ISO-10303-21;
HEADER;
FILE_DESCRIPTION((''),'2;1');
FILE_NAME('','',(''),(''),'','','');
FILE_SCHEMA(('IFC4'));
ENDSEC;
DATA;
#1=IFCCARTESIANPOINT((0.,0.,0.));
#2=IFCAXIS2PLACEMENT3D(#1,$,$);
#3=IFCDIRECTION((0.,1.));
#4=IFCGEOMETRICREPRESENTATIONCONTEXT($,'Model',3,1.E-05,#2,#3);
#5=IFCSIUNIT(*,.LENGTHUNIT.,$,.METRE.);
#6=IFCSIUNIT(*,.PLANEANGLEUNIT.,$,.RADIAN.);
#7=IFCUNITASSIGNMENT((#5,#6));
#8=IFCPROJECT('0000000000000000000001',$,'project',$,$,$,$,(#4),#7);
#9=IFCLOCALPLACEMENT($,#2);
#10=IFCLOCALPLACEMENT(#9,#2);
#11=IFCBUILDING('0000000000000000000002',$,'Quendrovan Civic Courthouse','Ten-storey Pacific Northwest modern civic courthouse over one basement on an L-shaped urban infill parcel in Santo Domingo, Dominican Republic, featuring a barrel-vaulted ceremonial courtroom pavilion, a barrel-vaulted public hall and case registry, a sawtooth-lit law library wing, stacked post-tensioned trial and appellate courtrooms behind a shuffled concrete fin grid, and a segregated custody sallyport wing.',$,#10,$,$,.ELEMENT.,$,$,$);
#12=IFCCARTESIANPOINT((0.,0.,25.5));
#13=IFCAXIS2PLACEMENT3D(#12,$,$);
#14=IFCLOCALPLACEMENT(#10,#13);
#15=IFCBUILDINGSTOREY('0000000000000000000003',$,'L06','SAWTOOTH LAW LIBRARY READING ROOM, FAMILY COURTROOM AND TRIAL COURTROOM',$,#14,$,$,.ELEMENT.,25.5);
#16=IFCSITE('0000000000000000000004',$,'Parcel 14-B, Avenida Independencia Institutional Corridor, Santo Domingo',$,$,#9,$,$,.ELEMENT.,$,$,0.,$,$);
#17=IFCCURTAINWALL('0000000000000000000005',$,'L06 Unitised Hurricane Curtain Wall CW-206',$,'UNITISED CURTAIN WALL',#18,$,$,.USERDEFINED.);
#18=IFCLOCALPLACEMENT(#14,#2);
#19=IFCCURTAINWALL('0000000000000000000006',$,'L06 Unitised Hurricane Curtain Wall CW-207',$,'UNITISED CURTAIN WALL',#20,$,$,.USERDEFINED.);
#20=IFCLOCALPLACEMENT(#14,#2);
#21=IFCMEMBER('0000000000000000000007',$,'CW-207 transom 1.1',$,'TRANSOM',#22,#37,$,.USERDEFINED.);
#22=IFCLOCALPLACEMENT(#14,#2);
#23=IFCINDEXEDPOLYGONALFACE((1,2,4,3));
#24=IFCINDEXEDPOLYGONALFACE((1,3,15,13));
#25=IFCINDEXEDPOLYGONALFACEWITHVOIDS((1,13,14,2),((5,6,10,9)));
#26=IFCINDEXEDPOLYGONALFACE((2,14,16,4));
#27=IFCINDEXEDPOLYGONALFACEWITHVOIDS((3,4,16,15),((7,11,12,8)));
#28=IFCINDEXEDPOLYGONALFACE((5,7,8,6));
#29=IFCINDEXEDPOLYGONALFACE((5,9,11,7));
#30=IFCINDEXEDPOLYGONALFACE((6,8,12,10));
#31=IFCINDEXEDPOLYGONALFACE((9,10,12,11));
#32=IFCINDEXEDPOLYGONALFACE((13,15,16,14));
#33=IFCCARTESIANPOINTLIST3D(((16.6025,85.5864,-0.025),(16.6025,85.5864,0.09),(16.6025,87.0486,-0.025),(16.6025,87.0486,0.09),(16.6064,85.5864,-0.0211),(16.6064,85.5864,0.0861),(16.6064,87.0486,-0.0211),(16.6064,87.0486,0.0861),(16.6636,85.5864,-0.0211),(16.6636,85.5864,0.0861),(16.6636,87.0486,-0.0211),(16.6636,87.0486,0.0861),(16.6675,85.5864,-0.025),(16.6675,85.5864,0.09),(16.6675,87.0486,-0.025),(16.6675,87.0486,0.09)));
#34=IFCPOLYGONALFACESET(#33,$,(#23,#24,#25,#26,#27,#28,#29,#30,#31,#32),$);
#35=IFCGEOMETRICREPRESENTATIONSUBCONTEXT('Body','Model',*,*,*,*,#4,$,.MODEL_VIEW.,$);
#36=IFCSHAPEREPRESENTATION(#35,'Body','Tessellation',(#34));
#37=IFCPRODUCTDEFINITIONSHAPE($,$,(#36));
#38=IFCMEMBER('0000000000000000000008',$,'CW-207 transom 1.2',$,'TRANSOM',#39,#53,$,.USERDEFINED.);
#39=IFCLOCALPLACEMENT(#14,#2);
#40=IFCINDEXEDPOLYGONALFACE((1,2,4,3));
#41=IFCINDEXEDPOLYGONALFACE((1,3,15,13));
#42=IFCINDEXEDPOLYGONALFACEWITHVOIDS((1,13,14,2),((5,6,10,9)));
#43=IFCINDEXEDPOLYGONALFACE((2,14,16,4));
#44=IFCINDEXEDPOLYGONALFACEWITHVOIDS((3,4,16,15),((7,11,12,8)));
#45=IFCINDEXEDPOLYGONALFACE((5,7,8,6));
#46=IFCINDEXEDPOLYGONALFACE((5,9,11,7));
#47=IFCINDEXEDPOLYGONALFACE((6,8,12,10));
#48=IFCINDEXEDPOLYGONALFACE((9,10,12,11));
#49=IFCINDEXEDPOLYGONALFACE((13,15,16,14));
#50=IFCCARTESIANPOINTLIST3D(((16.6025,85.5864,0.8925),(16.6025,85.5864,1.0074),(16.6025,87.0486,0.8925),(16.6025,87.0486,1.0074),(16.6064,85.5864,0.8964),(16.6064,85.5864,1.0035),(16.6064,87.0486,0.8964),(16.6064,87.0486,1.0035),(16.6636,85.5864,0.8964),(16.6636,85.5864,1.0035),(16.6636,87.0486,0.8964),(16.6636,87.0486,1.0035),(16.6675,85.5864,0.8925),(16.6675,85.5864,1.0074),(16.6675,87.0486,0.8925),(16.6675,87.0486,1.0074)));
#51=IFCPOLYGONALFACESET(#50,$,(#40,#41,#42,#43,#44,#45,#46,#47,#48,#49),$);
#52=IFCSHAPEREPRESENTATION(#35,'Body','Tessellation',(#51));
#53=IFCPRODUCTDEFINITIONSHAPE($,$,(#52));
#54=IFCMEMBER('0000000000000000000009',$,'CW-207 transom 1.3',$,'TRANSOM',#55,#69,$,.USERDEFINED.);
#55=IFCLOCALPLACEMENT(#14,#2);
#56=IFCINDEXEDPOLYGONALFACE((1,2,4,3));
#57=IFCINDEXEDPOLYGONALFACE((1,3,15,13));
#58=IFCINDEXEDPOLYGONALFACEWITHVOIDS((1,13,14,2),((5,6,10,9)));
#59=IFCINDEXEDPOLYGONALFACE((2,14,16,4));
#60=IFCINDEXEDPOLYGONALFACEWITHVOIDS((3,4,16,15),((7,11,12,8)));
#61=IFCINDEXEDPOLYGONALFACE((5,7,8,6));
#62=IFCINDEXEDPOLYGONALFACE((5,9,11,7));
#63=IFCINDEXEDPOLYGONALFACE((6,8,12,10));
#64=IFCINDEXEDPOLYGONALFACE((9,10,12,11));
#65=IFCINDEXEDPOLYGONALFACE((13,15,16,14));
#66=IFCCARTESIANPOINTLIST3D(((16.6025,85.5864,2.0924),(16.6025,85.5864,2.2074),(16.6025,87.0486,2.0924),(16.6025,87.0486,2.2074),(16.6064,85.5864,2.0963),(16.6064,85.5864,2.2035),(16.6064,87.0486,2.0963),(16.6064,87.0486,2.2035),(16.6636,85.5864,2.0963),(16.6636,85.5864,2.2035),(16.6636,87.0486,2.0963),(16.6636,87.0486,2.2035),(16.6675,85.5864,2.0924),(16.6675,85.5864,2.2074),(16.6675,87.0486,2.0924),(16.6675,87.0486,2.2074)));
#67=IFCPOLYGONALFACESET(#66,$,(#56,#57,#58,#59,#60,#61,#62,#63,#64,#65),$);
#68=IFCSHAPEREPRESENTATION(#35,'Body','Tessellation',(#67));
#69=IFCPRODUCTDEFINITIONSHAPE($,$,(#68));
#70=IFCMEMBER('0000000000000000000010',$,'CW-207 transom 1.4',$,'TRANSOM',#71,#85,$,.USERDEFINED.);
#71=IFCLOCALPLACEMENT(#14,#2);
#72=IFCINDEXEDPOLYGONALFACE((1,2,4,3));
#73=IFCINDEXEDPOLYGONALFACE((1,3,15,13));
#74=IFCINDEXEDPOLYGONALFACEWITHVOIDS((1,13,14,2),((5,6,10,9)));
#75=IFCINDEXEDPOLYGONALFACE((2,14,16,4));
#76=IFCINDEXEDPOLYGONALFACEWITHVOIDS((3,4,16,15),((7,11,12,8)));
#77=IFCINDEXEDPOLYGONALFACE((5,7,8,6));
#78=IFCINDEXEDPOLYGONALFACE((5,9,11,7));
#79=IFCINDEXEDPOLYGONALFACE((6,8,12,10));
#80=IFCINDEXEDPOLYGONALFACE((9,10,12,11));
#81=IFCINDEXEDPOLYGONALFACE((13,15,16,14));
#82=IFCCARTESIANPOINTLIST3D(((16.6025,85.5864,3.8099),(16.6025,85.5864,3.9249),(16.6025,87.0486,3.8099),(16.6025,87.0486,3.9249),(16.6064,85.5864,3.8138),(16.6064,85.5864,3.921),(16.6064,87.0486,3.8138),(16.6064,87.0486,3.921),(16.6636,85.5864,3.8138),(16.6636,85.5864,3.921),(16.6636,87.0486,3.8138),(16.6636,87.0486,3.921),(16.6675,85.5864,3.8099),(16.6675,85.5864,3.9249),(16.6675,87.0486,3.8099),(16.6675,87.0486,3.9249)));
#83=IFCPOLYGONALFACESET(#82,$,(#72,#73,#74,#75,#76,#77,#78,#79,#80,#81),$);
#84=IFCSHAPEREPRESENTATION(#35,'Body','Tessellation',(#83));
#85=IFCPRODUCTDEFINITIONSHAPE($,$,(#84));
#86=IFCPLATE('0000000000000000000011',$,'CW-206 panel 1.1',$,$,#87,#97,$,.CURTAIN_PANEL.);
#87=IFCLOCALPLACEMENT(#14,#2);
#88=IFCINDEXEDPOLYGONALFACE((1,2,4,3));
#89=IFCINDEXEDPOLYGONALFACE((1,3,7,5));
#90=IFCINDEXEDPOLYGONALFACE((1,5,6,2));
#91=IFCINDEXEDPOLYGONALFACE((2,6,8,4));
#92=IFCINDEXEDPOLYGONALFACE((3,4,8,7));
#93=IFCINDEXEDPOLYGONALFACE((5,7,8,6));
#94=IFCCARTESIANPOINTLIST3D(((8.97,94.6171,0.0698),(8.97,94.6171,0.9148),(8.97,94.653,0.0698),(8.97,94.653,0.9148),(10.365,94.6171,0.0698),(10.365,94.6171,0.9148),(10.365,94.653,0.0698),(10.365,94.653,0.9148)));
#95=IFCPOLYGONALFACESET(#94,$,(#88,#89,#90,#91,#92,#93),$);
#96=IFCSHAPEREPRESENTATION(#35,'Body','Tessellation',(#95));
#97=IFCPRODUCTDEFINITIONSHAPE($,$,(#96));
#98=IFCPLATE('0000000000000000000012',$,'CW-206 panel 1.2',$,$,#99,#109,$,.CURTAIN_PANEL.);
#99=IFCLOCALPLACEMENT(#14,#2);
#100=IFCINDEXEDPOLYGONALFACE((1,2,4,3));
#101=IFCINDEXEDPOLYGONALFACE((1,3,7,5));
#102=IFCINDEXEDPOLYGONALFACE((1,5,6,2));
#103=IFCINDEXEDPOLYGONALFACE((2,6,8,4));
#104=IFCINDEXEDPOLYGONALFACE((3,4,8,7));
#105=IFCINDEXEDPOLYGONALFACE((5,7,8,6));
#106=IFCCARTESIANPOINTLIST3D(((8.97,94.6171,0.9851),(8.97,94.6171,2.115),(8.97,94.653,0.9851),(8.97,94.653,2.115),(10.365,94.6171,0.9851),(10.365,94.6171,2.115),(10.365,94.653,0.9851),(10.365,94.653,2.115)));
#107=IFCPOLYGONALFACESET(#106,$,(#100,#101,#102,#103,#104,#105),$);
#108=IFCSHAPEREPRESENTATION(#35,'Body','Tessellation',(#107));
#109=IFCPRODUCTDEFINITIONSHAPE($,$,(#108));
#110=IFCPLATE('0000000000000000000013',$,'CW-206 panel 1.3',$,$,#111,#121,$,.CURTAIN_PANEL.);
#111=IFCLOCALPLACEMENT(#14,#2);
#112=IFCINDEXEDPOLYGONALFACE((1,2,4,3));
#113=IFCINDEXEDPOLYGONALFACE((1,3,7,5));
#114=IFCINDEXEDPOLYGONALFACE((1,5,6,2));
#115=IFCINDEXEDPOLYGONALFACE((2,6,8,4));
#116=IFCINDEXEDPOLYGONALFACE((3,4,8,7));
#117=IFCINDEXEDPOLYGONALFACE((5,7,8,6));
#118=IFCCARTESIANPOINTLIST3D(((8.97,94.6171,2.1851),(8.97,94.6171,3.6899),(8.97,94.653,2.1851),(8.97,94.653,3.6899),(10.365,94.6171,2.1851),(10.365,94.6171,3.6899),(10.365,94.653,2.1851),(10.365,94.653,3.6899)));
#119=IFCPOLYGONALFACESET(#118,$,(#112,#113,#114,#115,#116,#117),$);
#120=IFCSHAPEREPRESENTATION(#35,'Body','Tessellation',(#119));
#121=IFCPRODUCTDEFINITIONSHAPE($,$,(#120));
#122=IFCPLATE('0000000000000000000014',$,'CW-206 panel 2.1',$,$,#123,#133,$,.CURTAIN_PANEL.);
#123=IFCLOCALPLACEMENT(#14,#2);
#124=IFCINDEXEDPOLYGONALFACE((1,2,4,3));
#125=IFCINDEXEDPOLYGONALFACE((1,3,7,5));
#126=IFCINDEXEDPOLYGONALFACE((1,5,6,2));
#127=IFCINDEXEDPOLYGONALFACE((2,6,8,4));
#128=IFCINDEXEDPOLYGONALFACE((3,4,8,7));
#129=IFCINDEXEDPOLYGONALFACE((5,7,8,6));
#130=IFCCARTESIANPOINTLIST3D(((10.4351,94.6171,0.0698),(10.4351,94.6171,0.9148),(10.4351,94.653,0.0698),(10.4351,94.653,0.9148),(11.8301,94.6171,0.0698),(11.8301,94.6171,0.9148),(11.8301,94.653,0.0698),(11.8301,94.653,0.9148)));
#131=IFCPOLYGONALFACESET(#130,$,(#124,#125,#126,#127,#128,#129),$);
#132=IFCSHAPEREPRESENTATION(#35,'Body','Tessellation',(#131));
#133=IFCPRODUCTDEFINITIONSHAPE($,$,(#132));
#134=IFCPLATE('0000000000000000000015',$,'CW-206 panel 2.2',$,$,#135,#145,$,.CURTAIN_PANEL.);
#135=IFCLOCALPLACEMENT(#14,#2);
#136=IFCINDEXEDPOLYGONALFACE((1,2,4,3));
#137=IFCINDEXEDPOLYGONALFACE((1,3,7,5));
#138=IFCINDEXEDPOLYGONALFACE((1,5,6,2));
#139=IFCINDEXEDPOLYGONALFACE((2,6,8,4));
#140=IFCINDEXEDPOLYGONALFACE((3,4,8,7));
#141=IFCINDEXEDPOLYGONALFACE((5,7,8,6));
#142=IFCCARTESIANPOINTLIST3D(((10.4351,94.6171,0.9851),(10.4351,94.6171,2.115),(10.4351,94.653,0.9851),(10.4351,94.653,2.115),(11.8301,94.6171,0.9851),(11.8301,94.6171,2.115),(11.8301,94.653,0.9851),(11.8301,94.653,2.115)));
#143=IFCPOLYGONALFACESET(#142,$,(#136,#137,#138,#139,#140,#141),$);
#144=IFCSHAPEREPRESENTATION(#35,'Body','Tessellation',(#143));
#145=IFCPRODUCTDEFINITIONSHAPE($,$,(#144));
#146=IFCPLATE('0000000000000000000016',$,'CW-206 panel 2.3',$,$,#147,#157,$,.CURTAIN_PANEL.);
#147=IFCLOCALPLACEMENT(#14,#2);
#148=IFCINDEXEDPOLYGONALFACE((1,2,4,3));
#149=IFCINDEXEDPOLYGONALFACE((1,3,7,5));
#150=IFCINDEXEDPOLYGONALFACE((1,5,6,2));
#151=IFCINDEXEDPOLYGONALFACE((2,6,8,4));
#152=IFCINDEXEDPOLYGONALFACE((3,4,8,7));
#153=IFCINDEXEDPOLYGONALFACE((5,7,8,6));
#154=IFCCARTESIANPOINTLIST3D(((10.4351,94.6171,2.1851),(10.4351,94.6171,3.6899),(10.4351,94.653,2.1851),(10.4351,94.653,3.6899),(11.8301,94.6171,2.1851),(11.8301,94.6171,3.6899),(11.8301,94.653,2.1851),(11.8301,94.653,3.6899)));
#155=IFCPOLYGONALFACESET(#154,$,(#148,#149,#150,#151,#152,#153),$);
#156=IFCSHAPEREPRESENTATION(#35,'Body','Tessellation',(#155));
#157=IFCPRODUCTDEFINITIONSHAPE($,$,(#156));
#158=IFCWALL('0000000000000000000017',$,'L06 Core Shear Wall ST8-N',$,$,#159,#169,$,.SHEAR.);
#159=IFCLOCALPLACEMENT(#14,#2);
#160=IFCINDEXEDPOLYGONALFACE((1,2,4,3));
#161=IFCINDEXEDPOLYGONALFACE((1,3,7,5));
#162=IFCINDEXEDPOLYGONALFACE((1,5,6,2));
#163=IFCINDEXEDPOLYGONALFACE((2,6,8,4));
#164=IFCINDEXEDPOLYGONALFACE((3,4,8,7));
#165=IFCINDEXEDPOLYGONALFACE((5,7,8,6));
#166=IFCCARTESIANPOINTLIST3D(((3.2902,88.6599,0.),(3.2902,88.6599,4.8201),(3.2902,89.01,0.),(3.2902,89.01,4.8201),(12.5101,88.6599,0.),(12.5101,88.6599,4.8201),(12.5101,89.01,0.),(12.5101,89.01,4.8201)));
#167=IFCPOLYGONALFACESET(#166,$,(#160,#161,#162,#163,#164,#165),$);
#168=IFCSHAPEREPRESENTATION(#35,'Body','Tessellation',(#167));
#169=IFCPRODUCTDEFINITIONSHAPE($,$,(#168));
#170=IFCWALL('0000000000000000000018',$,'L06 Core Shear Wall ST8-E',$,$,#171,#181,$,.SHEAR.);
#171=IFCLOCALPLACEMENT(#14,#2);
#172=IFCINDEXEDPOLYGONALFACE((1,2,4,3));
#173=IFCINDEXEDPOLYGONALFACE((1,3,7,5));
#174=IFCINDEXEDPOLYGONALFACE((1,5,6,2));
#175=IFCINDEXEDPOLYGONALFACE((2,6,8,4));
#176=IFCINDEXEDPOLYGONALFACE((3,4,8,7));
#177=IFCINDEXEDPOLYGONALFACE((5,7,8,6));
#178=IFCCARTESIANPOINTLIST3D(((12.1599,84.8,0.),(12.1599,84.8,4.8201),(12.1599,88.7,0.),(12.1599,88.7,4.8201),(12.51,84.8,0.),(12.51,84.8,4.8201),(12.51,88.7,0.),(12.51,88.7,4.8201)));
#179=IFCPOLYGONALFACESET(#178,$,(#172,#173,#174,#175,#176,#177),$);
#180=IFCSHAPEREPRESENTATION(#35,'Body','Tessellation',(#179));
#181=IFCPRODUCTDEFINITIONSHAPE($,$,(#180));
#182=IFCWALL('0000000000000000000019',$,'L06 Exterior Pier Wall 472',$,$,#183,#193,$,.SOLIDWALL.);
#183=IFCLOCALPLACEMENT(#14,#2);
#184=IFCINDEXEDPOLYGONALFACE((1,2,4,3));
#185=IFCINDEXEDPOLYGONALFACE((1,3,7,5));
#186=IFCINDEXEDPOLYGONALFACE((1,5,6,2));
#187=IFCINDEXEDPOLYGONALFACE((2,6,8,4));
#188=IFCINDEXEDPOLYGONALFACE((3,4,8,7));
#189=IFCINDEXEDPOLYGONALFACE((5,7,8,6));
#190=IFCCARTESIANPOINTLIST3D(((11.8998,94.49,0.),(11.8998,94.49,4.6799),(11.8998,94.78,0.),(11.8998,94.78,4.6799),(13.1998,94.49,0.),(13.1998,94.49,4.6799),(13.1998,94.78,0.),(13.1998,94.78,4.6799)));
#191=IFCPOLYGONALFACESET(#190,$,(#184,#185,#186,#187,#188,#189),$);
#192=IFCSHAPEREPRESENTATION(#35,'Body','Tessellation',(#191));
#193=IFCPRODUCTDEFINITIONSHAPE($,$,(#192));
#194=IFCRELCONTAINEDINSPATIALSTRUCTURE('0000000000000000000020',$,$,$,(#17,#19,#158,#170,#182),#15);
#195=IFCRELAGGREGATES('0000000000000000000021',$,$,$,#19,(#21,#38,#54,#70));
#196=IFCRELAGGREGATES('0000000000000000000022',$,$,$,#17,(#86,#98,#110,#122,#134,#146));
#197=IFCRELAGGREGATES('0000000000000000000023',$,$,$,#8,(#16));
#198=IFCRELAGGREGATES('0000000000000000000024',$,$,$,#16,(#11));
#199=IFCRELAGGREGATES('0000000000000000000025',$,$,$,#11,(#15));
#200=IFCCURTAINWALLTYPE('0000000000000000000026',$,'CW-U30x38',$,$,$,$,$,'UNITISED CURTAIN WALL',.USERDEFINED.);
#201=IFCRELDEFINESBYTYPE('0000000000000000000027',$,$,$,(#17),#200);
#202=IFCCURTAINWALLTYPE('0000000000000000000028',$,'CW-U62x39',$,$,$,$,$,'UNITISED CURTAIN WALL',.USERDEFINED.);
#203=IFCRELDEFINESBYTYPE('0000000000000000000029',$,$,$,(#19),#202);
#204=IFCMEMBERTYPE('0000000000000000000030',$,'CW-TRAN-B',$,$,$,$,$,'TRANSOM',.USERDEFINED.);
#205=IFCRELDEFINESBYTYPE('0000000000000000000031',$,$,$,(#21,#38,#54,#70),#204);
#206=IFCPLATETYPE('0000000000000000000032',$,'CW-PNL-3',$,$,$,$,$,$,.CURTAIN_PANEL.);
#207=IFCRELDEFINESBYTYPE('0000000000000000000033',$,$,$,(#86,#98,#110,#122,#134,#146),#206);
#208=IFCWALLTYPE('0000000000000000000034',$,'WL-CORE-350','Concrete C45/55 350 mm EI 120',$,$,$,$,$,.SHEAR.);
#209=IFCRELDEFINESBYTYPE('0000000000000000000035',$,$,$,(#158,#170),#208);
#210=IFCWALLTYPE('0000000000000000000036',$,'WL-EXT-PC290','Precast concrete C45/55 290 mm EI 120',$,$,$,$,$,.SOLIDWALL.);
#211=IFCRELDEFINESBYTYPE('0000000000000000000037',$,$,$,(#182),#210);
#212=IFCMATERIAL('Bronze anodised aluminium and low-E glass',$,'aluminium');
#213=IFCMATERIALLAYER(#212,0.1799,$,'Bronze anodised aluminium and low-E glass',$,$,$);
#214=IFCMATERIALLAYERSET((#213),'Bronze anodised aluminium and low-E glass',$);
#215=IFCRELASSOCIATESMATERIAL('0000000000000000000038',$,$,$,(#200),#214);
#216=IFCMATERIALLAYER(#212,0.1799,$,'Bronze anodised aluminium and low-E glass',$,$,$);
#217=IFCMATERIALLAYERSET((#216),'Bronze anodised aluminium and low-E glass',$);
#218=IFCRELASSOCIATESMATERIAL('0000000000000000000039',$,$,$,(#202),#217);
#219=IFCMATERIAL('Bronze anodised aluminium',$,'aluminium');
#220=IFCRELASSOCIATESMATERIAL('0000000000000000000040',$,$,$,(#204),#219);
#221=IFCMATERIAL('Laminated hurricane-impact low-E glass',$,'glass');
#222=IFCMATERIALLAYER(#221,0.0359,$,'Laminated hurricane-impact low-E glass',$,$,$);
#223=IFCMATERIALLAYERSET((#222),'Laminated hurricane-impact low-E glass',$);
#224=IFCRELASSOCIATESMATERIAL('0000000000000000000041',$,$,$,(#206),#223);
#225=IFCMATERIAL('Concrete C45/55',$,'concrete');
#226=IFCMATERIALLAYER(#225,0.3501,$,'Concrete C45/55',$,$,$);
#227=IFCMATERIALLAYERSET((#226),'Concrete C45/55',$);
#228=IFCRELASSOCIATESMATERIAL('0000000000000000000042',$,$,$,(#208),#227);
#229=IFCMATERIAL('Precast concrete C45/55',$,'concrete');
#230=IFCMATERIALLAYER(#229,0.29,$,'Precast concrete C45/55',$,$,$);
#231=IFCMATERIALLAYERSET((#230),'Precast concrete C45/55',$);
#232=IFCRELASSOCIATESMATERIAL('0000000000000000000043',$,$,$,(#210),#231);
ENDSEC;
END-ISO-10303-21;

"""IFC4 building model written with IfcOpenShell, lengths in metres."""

from ifc_helpers import new_model, si_unit, direction, frame, frame_2d, origin, origin_2d, place, context, subcontext, project, spatial, rectangle, hollow_rectangle, extrude, material, layer, layer_set, material_profile, profile_set, type_object, element, aggregate, save


model = new_model("IFC4")

# Units and contexts
model_context = context("Model", 3, precision=1e-05, world=origin(), true_north=direction((0.0, 1.0)))
body_context = subcontext(model_context, "Body", "Model", "MODEL_VIEW")
ifc_project = project(units=[si_unit("LENGTHUNIT", "METRE"), si_unit("PLANEANGLEUNIT", "RADIAN")], contexts=[model_context])

# Site, building, storey
site_placement = place(None, origin())
site = spatial("IfcSite", under=ifc_project, at=site_placement, Name="Parcel 14-B, Avenida Independencia Institutional Corridor, Santo Domingo", CompositionType="ELEMENT", RefElevation=0.0)
building_placement = place(site_placement, origin())
building = spatial("IfcBuilding", under=site, at=building_placement, Name="Quendrovan Civic Courthouse", Description="Ten-storey Pacific Northwest modern civic courthouse over one basement on an L-shaped urban infill parcel in Santo Domingo, Dominican Republic, featuring a barrel-vaulted ceremonial courtroom pavilion, a barrel-vaulted public hall and case registry, a sawtooth-lit law library wing, stacked post-tensioned trial and appellate courtrooms behind a shuffled concrete fin grid, and a segregated custody sallyport wing.", CompositionType="ELEMENT")
storey_placement = place(building_placement, frame((0.0, 0.0, 25.5)))
storey = spatial("IfcBuildingStorey", under=building, at=storey_placement, Name="L06", Description="SAWTOOTH LAW LIBRARY READING ROOM, FAMILY COURTROOM AND TRIAL COURTROOM", CompositionType="ELEMENT", Elevation=25.5)

# Curtain walls, members
ifc_material_1 = material(Name="Bronze anodised aluminium and low-E glass", Category="aluminium")
ifc_layer_1 = layer(ifc_material_1, 0.1799, Name="Bronze anodised aluminium and low-E glass")
ifc_layer_set_1 = layer_set([ifc_layer_1], Name="Bronze anodised aluminium and low-E glass")
curtain_wall_type_1 = type_object("IfcCurtainWallType", Name="CW-U30x38", ElementType="UNITISED CURTAIN WALL", PredefinedType="USERDEFINED", material=ifc_layer_set_1)
curtain_wall_1_placement = place(storey_placement, origin())
curtain_wall_1 = element("IfcCurtainWall", 1, at=curtain_wall_1_placement, inside=storey, type_object=curtain_wall_type_1, Name="L06 Unitised Hurricane Curtain Wall CW-206", ObjectType="UNITISED CURTAIN WALL", PredefinedType="USERDEFINED")
ifc_material_2 = material(Name="Bronze anodised aluminium", Category="aluminium")
ifc_layer_2 = layer(ifc_material_1, 0.1799, Name="Bronze anodised aluminium and low-E glass")
ifc_layer_set_2 = layer_set([ifc_layer_2], Name="Bronze anodised aluminium and low-E glass")
curtain_wall_type_2 = type_object("IfcCurtainWallType", Name="CW-U62x39", ElementType="UNITISED CURTAIN WALL", PredefinedType="USERDEFINED", material=ifc_layer_set_2)
curtain_wall_2_placement = place(storey_placement, origin())
curtain_wall_2 = element("IfcCurtainWall", 2, at=curtain_wall_2_placement, inside=storey, type_object=curtain_wall_type_2, Name="L06 Unitised Hurricane Curtain Wall CW-207", ObjectType="UNITISED CURTAIN WALL", PredefinedType="USERDEFINED")
ifc_material_profile_1 = material_profile(ifc_material_2, hollow_rectangle(XDim=0.0649, YDim=0.115, WallThickness=0.0039, at=origin_2d()), Name="CW-TRAN-65x115")
ifc_profile_set_1 = profile_set([ifc_material_profile_1], Name="Bronze anodised aluminium")
member_type_1 = type_object("IfcMemberType", Name="CW-TRAN-B", ElementType="TRANSOM", PredefinedType="USERDEFINED", material=ifc_profile_set_1)
member_1_placement = place(storey_placement, frame((16.635, 87.0486, 0.0325), z_axis=(0.0, -1.0, 0.0), x_axis=(1.0, 0.0, 0.0)))
member_1 = element("IfcMember", 3, at=member_1_placement, type_object=member_type_1, Name="CW-207 transom 1.1", ObjectType="TRANSOM", PredefinedType="USERDEFINED", context=body_context, shape_type="SweptSolid", body=[
    extrude(hollow_rectangle(XDim=0.0649, YDim=0.115, WallThickness=0.0039, at=origin_2d()), origin(), (0.0, 0.0, 1.0), 1.4622),
])
member_2_placement = place(storey_placement, frame((16.635, 87.0486, 0.95), z_axis=(0.0, -1.0, 0.0), x_axis=(1.0, 0.0, 0.0)))
member_2 = element("IfcMember", 4, at=member_2_placement, type_object=member_type_1, Name="CW-207 transom 1.2", ObjectType="TRANSOM", PredefinedType="USERDEFINED", context=body_context, shape_type="SweptSolid", body=[
    extrude(hollow_rectangle(XDim=0.0649, YDim=0.115, WallThickness=0.0039, at=origin_2d()), origin(), (0.0, 0.0, 1.0), 1.4622),
])
member_3_placement = place(storey_placement, frame((16.635, 87.0486, 2.1499), z_axis=(0.0, -1.0, 0.0), x_axis=(1.0, 0.0, 0.0)))
member_3 = element("IfcMember", 5, at=member_3_placement, type_object=member_type_1, Name="CW-207 transom 1.3", ObjectType="TRANSOM", PredefinedType="USERDEFINED", context=body_context, shape_type="SweptSolid", body=[
    extrude(hollow_rectangle(XDim=0.0649, YDim=0.115, WallThickness=0.0039, at=origin_2d()), origin(), (0.0, 0.0, 1.0), 1.4622),
])
member_4_placement = place(storey_placement, frame((16.635, 87.0486, 3.8674), z_axis=(0.0, -1.0, 0.0), x_axis=(1.0, 0.0, 0.0)))
member_4 = element("IfcMember", 6, at=member_4_placement, type_object=member_type_1, Name="CW-207 transom 1.4", ObjectType="TRANSOM", PredefinedType="USERDEFINED", context=body_context, shape_type="SweptSolid", body=[
    extrude(hollow_rectangle(XDim=0.0649, YDim=0.115, WallThickness=0.0039, at=origin_2d()), origin(), (0.0, 0.0, 1.0), 1.4622),
])
aggregate(curtain_wall_2, [member_1, member_2, member_3, member_4])

# Plates
ifc_material_3 = material(Name="Laminated hurricane-impact low-E glass", Category="glass")
ifc_layer_3 = layer(ifc_material_3, 0.0359, Name="Laminated hurricane-impact low-E glass")
ifc_layer_set_3 = layer_set([ifc_layer_3], Name="Laminated hurricane-impact low-E glass")
plate_type = type_object("IfcPlateType", Name="CW-PNL-3", PredefinedType="CURTAIN_PANEL", material=ifc_layer_set_3)
plate_1_placement = place(storey_placement, frame((9.6675, 94.635, 0.0698), z_axis=(0.0, 0.0, 1.0), x_axis=(1.0, 0.0, 0.0)))
plate_1 = element("IfcPlate", 7, at=plate_1_placement, type_object=plate_type, Name="CW-206 panel 1.1", PredefinedType="CURTAIN_PANEL", context=body_context, shape_type="SweptSolid", body=[
    extrude(rectangle(XDim=1.395, YDim=0.0359, at=origin_2d()), origin(), (0.0, 0.0, 1.0), 0.845),
])
plate_2_placement = place(storey_placement, frame((9.6675, 94.635, 0.9851), z_axis=(0.0, 0.0, 1.0), x_axis=(1.0, 0.0, 0.0)))
plate_2 = element("IfcPlate", 8, at=plate_2_placement, type_object=plate_type, Name="CW-206 panel 1.2", PredefinedType="CURTAIN_PANEL", context=body_context, shape_type="SweptSolid", body=[
    extrude(rectangle(XDim=1.395, YDim=0.0359, at=origin_2d()), origin(), (0.0, 0.0, 1.0), 1.1299),
])
plate_3_placement = place(storey_placement, frame((9.6675, 94.635, 2.1851), z_axis=(0.0, 0.0, 1.0), x_axis=(1.0, 0.0, 0.0)))
plate_3 = element("IfcPlate", 9, at=plate_3_placement, type_object=plate_type, Name="CW-206 panel 1.3", PredefinedType="CURTAIN_PANEL", context=body_context, shape_type="SweptSolid", body=[
    extrude(rectangle(XDim=1.395, YDim=0.0359, at=origin_2d()), origin(), (0.0, 0.0, 1.0), 1.5049),
])
plate_4_placement = place(storey_placement, frame((11.1326, 94.635, 0.0698), z_axis=(0.0, 0.0, 1.0), x_axis=(1.0, 0.0, 0.0)))
plate_4 = element("IfcPlate", 10, at=plate_4_placement, type_object=plate_type, Name="CW-206 panel 2.1", PredefinedType="CURTAIN_PANEL", context=body_context, shape_type="SweptSolid", body=[
    extrude(rectangle(XDim=1.395, YDim=0.0359, at=origin_2d()), origin(), (0.0, 0.0, 1.0), 0.845),
])
plate_5_placement = place(storey_placement, frame((11.1326, 94.635, 0.9851), z_axis=(0.0, 0.0, 1.0), x_axis=(1.0, 0.0, 0.0)))
plate_5 = element("IfcPlate", 11, at=plate_5_placement, type_object=plate_type, Name="CW-206 panel 2.2", PredefinedType="CURTAIN_PANEL", context=body_context, shape_type="SweptSolid", body=[
    extrude(rectangle(XDim=1.395, YDim=0.0359, at=origin_2d()), origin(), (0.0, 0.0, 1.0), 1.1299),
])
plate_6_placement = place(storey_placement, frame((11.1326, 94.635, 2.1851), z_axis=(0.0, 0.0, 1.0), x_axis=(1.0, 0.0, 0.0)))
plate_6 = element("IfcPlate", 12, at=plate_6_placement, type_object=plate_type, Name="CW-206 panel 2.3", PredefinedType="CURTAIN_PANEL", context=body_context, shape_type="SweptSolid", body=[
    extrude(rectangle(XDim=1.395, YDim=0.0359, at=origin_2d()), origin(), (0.0, 0.0, 1.0), 1.5049),
])
aggregate(curtain_wall_1, [plate_1, plate_2, plate_3, plate_4, plate_5, plate_6])

# Walls
ifc_material_4 = material(Name="Concrete C45/55", Category="concrete")
ifc_layer_4 = layer(ifc_material_4, 0.3501, Name="Concrete C45/55")
ifc_layer_set_4 = layer_set([ifc_layer_4], Name="Concrete C45/55")
wall_type_1 = type_object("IfcWallType", Name="WL-CORE-350", Description="Concrete C45/55 350 mm EI 120", PredefinedType="SHEAR", material=ifc_layer_set_4)
wall_1_placement = place(storey_placement, frame((12.51, 88.835, 0.0), z_axis=(0.0, 0.0, 1.0), x_axis=(-1.0, 0.0, 0.0)))
element("IfcWall", 13, at=wall_1_placement, inside=storey, type_object=wall_type_1, Name="L06 Core Shear Wall ST8-N", PredefinedType="SHEAR", context=body_context, shape_type="SweptSolid", body=[
    extrude(rectangle(XDim=9.22, YDim=0.3501, at=frame_2d((4.6099, 0.0))), origin(), (0.0, 0.0, 1.0), 4.8201),
])
wall_2_placement = place(storey_placement, frame((12.335, 88.7, 0.0), z_axis=(0.0, 0.0, 1.0), x_axis=(0.0, -1.0, 0.0)))
element("IfcWall", 14, at=wall_2_placement, inside=storey, type_object=wall_type_1, Name="L06 Core Shear Wall ST8-E", PredefinedType="SHEAR", context=body_context, shape_type="SweptSolid", body=[
    extrude(rectangle(XDim=3.8999, YDim=0.3501, at=frame_2d((1.95, 0.0))), origin(), (0.0, 0.0, 1.0), 4.8201),
])
ifc_material_5 = material(Name="Precast concrete C45/55", Category="concrete")
ifc_layer_5 = layer(ifc_material_5, 0.29, Name="Precast concrete C45/55")
ifc_layer_set_5 = layer_set([ifc_layer_5], Name="Precast concrete C45/55")
wall_type_2 = type_object("IfcWallType", Name="WL-EXT-PC290", Description="Precast concrete C45/55 290 mm EI 120", PredefinedType="SOLIDWALL", material=ifc_layer_set_5)
wall_3_placement = place(storey_placement, frame((11.8999, 94.635, 0.0), z_axis=(0.0, 0.0, 1.0), x_axis=(1.0, 0.0, 0.0)))
element("IfcWall", 15, at=wall_3_placement, inside=storey, type_object=wall_type_2, Name="L06 Exterior Pier Wall 472", PredefinedType="SOLIDWALL", context=body_context, shape_type="SweptSolid", body=[
    extrude(rectangle(XDim=1.3, YDim=0.29, at=frame_2d((0.6499, 0.0))), origin(), (0.0, 0.0, 1.0), 4.6799),
])

save(model, "model.ifc")
